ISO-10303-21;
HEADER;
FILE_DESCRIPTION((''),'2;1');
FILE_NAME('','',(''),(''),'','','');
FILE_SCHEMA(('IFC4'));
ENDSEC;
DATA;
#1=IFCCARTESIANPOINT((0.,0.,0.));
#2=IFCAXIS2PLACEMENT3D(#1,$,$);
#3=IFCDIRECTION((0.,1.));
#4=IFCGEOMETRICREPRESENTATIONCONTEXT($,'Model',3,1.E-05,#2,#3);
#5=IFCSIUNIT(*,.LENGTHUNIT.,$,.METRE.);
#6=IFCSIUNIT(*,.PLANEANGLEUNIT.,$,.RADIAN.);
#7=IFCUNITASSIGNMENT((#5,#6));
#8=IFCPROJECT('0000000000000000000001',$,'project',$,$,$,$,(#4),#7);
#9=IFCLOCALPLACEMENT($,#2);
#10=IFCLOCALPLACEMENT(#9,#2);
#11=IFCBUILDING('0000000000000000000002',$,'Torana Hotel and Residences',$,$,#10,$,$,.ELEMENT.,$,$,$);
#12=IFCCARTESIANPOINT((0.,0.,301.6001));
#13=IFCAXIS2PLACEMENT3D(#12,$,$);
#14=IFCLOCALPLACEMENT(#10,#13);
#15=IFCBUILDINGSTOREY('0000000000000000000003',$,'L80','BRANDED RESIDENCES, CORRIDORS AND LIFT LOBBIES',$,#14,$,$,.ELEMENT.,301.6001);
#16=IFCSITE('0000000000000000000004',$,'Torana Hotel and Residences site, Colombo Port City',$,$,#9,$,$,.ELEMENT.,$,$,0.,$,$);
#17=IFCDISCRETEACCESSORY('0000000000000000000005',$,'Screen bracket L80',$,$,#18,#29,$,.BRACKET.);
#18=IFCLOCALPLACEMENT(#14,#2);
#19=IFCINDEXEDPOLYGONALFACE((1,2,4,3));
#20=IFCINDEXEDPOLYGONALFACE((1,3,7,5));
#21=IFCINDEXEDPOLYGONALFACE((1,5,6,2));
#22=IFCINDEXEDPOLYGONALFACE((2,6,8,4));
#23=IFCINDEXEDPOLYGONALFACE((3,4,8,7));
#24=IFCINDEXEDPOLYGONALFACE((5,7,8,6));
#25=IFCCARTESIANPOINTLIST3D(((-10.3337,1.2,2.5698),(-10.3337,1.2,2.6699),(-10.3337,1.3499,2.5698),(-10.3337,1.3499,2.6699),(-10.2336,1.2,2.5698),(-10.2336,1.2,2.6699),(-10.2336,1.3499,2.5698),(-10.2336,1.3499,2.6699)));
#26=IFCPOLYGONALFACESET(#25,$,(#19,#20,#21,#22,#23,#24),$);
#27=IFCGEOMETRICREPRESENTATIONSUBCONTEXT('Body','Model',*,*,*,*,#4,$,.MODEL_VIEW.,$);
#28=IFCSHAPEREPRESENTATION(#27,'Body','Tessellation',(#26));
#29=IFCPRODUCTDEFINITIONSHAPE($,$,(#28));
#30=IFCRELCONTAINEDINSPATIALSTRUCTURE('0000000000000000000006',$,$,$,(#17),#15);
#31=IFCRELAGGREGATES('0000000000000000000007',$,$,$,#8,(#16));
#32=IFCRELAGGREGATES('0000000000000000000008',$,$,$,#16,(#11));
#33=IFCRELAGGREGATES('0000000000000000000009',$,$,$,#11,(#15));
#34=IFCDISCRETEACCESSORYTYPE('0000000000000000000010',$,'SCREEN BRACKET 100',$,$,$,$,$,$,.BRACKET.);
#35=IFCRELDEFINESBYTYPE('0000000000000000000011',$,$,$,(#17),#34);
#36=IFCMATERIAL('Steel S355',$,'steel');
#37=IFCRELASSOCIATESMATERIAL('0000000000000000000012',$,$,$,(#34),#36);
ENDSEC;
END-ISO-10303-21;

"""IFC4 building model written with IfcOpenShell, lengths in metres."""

from ifc_helpers import new_model, si_unit, direction, frame, origin, origin_2d, place, context, subcontext, project, spatial, rectangle, extrude, material, type_object, element, save


model = new_model("IFC4")

# Units and contexts
model_context = context("Model", 3, precision=1e-05, world=origin(), true_north=direction((0.0, 1.0)))
body_context = subcontext(model_context, "Body", "Model", "MODEL_VIEW")
ifc_project = project(units=[si_unit("LENGTHUNIT", "METRE"), si_unit("PLANEANGLEUNIT", "RADIAN")], contexts=[model_context])

# Site, building, storey
site_placement = place(None, origin())
site = spatial("IfcSite", under=ifc_project, at=site_placement, Name="Torana Hotel and Residences site, Colombo Port City", CompositionType="ELEMENT", RefElevation=0.0)
building_placement = place(site_placement, origin())
building = spatial("IfcBuilding", under=site, at=building_placement, Name="Torana Hotel and Residences", CompositionType="ELEMENT")
storey_placement = place(building_placement, frame((0.0, 0.0, 301.6001)))
storey = spatial("IfcBuildingStorey", under=building, at=storey_placement, Name="L80", Description="BRANDED RESIDENCES, CORRIDORS AND LIFT LOBBIES", CompositionType="ELEMENT", Elevation=301.6001)

# Discrete accessory
ifc_material_1 = material(Name="Steel S355", Category="steel")
discrete_accessory_type = type_object("IfcDiscreteAccessoryType", Name="SCREEN BRACKET 100", PredefinedType="BRACKET", material=ifc_material_1)
for number, where, z_axis, x_axis, name in (
    (1, (-10.2837, 1.2749, 2.5698), (0.0, 0.0, 1.0), (-1.0, 0.0, 0.0), "Screen bracket L80"),
):
    element("IfcDiscreteAccessory", number, at=place(storey_placement, frame(where, z_axis=z_axis, x_axis=x_axis)), inside=storey, type_object=discrete_accessory_type, Name=name, PredefinedType="BRACKET", context=body_context, shape_type="SweptSolid", body=[
        extrude(rectangle(XDim=0.1001, YDim=0.1499, at=origin_2d()), origin(), (0.0, 0.0, 1.0), 0.1001),
    ])

save(model, "model.ifc")
